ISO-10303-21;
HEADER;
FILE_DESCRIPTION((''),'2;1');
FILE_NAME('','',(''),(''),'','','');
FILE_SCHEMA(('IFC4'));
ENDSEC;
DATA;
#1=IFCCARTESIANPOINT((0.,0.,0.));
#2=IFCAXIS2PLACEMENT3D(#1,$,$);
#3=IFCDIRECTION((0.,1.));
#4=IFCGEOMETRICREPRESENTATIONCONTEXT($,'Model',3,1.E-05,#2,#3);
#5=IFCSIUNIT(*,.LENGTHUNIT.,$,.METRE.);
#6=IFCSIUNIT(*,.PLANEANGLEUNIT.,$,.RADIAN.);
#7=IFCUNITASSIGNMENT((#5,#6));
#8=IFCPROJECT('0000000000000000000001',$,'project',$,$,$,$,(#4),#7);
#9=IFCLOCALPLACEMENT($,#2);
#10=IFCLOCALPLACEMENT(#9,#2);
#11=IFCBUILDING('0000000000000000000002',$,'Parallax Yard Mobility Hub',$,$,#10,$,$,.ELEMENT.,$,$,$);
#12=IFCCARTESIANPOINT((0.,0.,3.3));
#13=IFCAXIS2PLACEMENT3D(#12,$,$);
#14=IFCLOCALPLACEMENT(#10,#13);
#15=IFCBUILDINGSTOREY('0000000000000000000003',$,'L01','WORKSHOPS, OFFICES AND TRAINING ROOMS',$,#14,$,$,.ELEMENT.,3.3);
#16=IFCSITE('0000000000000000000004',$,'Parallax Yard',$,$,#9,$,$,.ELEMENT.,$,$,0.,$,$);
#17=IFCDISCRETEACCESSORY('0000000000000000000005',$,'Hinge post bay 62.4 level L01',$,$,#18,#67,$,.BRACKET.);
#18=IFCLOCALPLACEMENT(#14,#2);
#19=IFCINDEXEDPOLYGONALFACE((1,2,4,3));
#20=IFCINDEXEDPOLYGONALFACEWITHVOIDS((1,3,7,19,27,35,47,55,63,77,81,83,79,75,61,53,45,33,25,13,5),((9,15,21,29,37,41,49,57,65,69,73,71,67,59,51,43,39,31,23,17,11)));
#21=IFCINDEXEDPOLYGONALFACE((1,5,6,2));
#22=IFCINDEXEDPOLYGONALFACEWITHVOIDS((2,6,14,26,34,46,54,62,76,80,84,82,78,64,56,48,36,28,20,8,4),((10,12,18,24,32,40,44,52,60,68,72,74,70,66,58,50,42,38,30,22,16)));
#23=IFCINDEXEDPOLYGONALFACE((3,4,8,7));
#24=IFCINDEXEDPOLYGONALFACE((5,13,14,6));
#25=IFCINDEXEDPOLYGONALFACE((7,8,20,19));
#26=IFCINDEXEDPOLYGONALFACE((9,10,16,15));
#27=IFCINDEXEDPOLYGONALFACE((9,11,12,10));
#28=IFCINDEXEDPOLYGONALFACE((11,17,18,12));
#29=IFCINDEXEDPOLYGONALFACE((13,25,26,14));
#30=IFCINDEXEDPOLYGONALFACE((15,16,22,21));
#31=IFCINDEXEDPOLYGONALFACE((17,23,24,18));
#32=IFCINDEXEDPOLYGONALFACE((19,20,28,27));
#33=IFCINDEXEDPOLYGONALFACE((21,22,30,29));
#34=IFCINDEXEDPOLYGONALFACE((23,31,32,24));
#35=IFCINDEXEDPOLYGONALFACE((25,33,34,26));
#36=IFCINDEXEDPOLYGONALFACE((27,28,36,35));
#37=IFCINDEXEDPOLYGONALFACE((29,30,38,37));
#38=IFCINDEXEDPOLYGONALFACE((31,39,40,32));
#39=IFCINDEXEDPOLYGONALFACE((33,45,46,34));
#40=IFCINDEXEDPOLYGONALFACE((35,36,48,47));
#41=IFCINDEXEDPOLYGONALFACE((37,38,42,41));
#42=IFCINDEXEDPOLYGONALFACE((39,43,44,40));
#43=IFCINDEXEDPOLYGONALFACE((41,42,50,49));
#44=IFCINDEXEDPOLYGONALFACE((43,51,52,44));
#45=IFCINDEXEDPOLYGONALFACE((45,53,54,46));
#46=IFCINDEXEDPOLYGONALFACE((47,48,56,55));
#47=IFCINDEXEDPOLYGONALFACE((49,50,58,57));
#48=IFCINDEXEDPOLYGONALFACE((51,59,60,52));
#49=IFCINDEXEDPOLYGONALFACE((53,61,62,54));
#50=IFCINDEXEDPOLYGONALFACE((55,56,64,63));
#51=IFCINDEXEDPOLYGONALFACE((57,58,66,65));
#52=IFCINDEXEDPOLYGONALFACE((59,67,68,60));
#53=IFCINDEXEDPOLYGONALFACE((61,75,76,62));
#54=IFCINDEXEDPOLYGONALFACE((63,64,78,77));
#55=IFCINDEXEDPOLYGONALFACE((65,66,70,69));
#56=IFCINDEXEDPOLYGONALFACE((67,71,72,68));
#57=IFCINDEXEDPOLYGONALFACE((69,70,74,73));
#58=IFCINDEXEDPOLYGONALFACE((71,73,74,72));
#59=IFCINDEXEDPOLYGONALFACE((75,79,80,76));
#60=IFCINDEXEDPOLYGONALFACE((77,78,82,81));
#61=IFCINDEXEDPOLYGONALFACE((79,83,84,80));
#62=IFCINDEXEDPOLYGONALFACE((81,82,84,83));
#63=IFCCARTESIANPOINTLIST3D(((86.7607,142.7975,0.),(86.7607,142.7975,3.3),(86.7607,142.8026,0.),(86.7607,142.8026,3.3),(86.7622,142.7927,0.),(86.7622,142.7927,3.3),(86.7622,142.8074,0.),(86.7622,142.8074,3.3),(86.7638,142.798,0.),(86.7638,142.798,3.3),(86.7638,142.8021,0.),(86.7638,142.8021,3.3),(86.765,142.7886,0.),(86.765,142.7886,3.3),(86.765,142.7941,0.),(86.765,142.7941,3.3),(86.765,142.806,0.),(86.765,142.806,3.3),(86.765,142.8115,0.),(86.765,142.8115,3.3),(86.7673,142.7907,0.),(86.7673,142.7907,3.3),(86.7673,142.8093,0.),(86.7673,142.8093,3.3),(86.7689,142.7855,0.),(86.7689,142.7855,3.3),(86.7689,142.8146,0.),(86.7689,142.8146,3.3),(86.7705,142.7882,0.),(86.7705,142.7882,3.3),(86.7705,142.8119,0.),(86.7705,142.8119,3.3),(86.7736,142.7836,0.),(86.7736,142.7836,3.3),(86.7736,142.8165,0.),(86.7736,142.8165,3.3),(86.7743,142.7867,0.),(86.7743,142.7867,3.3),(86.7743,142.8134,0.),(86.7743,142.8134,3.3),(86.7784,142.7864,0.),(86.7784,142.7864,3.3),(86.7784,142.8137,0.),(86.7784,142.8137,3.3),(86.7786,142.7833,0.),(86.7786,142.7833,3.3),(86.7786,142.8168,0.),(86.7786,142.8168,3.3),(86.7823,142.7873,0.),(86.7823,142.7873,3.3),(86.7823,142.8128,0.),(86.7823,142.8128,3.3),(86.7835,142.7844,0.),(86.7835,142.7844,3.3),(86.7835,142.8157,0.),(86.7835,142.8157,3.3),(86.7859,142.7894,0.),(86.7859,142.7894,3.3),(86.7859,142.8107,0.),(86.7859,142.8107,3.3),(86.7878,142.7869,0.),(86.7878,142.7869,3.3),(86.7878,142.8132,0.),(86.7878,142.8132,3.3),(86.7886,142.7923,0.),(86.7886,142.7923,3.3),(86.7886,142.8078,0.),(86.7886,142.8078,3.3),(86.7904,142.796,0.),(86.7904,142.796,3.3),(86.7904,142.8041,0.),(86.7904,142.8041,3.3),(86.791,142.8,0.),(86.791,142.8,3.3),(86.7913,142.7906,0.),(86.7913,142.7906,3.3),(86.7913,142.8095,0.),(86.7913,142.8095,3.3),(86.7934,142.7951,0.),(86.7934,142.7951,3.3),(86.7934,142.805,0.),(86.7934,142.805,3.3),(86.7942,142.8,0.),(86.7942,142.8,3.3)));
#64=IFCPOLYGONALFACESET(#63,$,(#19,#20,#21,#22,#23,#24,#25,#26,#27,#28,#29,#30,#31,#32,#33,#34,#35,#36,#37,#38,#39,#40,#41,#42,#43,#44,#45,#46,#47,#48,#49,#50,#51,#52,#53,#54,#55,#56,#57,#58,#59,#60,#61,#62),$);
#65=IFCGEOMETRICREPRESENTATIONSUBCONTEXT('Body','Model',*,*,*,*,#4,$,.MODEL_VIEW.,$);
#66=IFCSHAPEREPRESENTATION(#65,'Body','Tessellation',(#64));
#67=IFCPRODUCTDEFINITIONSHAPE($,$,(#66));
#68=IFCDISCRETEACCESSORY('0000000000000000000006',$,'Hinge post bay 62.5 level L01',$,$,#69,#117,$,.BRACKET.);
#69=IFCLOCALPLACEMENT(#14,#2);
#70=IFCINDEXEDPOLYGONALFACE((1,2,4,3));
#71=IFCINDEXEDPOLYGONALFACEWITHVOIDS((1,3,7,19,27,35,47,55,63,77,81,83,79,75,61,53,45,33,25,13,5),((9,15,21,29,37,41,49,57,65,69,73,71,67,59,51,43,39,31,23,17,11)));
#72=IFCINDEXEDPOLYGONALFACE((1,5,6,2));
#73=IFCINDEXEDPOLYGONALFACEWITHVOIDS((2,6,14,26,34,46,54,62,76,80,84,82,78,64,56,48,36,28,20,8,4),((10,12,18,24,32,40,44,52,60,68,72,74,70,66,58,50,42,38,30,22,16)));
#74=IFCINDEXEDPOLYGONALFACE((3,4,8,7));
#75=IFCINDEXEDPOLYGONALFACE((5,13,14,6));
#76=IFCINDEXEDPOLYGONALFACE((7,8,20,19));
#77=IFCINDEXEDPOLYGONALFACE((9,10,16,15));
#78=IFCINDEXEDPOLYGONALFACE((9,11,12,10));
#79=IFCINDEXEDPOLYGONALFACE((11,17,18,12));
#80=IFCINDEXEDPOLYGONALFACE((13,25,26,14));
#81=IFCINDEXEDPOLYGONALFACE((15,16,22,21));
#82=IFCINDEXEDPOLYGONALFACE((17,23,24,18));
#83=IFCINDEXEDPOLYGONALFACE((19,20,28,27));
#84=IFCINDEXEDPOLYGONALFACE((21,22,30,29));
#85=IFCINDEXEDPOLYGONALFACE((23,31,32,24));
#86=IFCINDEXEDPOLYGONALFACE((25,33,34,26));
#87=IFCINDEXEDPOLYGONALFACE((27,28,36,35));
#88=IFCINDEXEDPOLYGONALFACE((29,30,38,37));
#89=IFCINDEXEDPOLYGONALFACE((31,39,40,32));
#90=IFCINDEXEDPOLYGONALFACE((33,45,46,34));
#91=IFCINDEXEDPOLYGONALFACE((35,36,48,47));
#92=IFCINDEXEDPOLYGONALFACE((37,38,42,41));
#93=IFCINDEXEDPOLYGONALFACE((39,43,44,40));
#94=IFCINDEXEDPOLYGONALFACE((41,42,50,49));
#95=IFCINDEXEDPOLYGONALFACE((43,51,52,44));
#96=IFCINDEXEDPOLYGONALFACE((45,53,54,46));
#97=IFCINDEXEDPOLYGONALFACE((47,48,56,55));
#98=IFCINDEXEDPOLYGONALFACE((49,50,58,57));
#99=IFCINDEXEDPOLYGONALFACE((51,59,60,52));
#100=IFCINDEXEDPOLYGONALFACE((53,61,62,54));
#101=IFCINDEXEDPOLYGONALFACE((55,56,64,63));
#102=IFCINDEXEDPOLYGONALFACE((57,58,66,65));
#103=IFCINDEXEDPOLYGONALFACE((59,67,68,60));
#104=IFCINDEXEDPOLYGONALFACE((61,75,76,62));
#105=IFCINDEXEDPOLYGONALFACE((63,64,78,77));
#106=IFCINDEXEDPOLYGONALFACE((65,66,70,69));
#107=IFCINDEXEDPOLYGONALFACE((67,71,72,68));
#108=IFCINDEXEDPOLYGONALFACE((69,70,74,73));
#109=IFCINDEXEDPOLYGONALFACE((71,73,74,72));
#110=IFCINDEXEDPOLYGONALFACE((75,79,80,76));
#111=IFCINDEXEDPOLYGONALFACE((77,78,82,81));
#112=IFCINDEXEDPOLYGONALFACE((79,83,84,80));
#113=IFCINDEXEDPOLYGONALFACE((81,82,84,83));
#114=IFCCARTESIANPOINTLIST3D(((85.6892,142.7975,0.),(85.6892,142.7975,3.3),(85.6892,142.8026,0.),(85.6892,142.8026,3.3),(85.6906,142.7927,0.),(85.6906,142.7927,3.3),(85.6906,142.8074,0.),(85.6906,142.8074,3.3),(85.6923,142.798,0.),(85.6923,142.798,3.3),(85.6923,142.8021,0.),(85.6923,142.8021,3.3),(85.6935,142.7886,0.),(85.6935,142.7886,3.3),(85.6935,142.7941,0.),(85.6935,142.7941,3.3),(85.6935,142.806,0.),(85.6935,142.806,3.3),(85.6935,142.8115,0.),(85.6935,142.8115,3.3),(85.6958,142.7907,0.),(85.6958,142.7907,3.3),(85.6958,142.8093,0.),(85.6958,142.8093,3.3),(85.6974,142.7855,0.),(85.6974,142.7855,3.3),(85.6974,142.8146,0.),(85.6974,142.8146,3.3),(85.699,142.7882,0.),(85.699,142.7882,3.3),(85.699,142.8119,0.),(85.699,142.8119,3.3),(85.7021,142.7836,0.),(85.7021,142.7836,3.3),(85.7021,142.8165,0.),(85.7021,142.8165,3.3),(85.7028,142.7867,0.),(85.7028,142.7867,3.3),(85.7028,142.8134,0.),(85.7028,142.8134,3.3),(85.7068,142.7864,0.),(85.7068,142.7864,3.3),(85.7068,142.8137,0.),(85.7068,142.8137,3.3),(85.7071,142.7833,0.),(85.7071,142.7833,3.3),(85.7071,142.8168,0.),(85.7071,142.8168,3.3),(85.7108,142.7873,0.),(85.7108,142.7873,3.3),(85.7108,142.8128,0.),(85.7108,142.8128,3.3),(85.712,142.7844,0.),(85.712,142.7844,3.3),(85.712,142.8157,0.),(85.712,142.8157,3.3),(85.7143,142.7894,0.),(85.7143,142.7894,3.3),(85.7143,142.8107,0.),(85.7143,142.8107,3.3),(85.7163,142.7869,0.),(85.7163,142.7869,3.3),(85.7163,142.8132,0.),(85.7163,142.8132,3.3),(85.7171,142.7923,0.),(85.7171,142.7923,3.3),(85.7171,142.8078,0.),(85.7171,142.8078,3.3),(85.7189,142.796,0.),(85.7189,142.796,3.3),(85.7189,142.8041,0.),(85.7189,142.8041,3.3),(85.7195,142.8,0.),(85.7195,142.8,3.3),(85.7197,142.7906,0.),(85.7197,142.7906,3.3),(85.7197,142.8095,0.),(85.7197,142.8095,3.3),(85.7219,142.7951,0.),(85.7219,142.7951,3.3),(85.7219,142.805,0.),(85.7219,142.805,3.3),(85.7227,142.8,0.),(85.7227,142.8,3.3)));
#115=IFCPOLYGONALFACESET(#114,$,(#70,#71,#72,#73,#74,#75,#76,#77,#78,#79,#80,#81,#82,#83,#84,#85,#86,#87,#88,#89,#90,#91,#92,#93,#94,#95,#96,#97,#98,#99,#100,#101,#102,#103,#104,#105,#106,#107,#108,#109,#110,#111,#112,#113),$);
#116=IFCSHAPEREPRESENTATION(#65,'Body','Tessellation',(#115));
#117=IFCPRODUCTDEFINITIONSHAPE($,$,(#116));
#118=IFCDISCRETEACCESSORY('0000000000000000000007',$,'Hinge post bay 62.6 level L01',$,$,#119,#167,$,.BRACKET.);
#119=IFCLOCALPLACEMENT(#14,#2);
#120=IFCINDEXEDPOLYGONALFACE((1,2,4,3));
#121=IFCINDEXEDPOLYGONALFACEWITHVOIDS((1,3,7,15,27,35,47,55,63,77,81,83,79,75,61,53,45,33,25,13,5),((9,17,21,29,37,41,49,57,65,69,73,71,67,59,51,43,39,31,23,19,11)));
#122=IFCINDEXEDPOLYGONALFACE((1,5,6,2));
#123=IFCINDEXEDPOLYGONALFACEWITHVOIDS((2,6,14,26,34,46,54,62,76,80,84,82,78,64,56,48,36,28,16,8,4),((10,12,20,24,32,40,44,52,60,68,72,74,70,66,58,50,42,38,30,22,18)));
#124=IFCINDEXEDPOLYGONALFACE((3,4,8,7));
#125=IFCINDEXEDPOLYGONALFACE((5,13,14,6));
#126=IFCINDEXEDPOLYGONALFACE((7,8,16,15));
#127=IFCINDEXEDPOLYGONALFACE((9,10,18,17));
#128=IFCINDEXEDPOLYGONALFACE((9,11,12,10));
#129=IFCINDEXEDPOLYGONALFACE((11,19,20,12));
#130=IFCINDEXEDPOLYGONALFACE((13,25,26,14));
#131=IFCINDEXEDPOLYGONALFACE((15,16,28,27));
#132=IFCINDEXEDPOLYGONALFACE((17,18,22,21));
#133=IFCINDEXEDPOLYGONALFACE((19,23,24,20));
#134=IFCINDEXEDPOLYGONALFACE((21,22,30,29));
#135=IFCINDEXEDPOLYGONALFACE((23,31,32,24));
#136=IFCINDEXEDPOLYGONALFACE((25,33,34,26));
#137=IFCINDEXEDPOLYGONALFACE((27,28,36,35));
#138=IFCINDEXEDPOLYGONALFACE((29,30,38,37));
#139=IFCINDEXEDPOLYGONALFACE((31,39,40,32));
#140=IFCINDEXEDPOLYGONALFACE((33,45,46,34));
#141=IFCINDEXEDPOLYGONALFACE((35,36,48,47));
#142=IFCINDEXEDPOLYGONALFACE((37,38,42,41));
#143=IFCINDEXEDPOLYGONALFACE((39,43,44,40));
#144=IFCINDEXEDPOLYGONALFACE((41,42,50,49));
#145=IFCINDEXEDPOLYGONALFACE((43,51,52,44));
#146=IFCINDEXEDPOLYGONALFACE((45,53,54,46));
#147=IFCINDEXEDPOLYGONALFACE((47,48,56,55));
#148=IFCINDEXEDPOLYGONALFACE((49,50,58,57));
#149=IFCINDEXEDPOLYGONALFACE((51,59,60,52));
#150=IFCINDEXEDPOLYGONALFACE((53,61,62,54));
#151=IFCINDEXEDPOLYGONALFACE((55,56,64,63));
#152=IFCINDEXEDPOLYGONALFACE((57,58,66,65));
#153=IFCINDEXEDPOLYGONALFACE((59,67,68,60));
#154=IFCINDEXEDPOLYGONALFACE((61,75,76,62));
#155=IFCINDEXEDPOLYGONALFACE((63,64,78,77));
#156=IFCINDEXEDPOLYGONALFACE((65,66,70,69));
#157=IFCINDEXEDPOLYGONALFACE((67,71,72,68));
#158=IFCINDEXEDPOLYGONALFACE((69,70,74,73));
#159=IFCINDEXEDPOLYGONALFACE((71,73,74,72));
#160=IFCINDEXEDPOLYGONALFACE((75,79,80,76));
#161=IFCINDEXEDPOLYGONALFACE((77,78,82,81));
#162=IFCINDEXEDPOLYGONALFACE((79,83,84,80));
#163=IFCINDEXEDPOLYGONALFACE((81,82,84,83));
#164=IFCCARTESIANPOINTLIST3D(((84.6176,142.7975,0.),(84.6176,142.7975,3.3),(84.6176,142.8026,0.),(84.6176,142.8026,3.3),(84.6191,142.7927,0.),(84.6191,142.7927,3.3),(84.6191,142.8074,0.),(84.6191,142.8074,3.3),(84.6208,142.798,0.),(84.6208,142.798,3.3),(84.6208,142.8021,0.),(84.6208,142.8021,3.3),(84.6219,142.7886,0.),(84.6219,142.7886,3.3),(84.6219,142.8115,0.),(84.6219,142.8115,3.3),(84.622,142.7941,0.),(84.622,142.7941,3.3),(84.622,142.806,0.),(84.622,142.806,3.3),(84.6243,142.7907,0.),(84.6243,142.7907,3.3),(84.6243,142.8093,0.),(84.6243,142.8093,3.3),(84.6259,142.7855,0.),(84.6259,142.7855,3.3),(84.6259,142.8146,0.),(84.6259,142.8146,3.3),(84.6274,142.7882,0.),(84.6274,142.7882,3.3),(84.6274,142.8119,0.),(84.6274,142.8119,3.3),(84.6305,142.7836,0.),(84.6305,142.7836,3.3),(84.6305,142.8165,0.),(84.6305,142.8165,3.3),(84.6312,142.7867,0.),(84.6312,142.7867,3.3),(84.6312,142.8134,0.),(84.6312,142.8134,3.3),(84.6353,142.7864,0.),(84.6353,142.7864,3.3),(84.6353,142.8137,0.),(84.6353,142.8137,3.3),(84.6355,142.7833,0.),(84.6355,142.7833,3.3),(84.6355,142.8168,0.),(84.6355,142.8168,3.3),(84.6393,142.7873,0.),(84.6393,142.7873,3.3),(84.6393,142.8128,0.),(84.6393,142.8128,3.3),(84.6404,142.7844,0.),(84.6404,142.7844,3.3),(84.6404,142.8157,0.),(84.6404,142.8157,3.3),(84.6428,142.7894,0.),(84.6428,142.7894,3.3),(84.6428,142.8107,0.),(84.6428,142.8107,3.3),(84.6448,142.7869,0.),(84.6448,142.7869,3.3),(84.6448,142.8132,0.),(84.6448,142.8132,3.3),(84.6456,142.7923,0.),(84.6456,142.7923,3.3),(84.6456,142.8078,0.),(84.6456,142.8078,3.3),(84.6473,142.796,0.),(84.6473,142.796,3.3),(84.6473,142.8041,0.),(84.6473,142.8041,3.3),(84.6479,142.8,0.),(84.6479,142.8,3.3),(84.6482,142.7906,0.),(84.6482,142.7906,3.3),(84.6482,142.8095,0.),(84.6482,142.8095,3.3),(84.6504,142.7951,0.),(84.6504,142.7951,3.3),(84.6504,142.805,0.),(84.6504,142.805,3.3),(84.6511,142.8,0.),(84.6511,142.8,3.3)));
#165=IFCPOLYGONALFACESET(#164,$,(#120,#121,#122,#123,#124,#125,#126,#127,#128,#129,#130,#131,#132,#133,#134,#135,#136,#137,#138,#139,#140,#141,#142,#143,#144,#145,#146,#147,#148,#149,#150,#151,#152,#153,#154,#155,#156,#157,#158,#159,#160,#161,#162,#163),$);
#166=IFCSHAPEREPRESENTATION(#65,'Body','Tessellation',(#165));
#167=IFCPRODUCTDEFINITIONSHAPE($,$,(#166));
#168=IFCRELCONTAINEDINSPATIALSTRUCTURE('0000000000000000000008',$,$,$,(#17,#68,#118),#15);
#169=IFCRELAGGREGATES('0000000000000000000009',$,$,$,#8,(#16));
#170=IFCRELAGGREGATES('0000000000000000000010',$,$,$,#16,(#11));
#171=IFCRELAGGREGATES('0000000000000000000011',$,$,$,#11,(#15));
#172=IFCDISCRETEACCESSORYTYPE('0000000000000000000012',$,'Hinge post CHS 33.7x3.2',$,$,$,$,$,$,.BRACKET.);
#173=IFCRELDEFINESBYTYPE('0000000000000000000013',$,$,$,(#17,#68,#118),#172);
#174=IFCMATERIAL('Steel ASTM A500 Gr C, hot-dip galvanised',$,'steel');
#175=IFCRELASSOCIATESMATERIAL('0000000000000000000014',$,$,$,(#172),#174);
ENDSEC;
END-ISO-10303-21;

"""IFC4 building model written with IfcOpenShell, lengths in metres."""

from ifc_helpers import new_model, si_unit, direction, frame, origin, origin_2d, place, context, subcontext, project, spatial, hollow_circle, extrude, material, material_profile, profile_set, type_object, element, save


model = new_model("IFC4")

# Units and contexts
model_context = context("Model", 3, precision=1e-05, world=origin(), true_north=direction((0.0, 1.0)))
body_context = subcontext(model_context, "Body", "Model", "MODEL_VIEW")
ifc_project = project(units=[si_unit("LENGTHUNIT", "METRE"), si_unit("PLANEANGLEUNIT", "RADIAN")], contexts=[model_context])

# Site, building, storey
site_placement = place(None, origin())
site = spatial("IfcSite", under=ifc_project, at=site_placement, Name="Parallax Yard", CompositionType="ELEMENT", RefElevation=0.0)
building_placement = place(site_placement, origin())
building = spatial("IfcBuilding", under=site, at=building_placement, Name="Parallax Yard Mobility Hub", CompositionType="ELEMENT")
storey_placement = place(building_placement, frame((0.0, 0.0, 3.3)))
storey = spatial("IfcBuildingStorey", under=building, at=storey_placement, Name="L01", Description="WORKSHOPS, OFFICES AND TRAINING ROOMS", CompositionType="ELEMENT", Elevation=3.3)

# Discrete accessories
ifc_material_1 = material(Name="Steel ASTM A500 Gr C, hot-dip galvanised", Category="steel")
ifc_material_profile = material_profile(ifc_material_1, hollow_circle(Radius=0.0168, WallThickness=0.0032, at=origin_2d()), Name="CHS 33.7x3.2")
ifc_profile_set = profile_set([ifc_material_profile], Name="Steel ASTM A500 Gr C, hot-dip galvanised")
discrete_accessory_type_1 = type_object("IfcDiscreteAccessoryType", Name="Hinge post CHS 33.7x3.2", PredefinedType="BRACKET", material=ifc_profile_set)
for number, where, z_axis, x_axis, name in (
    (1, (86.7773, 142.8, 0.0), (0.0, 0.0, 1.0), (1.0, 0.0, 0.0), "Hinge post bay 62.4 level L01"),
    (2, (85.7058, 142.8, 0.0), (0.0, 0.0, 1.0), (1.0, 0.0, 0.0), "Hinge post bay 62.5 level L01"),
    (3, (84.6343, 142.8, 0.0), (0.0, 0.0, 1.0), (1.0, 0.0, 0.0), "Hinge post bay 62.6 level L01"),
):
    element("IfcDiscreteAccessory", number, at=place(storey_placement, frame(where, z_axis=z_axis, x_axis=x_axis)), inside=storey, type_object=discrete_accessory_type_1, Name=name, PredefinedType="BRACKET", context=body_context, shape_type="SweptSolid", body=[
        extrude(hollow_circle(Radius=0.0168, WallThickness=0.0032, at=origin_2d()), origin(), (0.0, 0.0, 1.0), 3.3),
    ])

save(model, "model.ifc")
